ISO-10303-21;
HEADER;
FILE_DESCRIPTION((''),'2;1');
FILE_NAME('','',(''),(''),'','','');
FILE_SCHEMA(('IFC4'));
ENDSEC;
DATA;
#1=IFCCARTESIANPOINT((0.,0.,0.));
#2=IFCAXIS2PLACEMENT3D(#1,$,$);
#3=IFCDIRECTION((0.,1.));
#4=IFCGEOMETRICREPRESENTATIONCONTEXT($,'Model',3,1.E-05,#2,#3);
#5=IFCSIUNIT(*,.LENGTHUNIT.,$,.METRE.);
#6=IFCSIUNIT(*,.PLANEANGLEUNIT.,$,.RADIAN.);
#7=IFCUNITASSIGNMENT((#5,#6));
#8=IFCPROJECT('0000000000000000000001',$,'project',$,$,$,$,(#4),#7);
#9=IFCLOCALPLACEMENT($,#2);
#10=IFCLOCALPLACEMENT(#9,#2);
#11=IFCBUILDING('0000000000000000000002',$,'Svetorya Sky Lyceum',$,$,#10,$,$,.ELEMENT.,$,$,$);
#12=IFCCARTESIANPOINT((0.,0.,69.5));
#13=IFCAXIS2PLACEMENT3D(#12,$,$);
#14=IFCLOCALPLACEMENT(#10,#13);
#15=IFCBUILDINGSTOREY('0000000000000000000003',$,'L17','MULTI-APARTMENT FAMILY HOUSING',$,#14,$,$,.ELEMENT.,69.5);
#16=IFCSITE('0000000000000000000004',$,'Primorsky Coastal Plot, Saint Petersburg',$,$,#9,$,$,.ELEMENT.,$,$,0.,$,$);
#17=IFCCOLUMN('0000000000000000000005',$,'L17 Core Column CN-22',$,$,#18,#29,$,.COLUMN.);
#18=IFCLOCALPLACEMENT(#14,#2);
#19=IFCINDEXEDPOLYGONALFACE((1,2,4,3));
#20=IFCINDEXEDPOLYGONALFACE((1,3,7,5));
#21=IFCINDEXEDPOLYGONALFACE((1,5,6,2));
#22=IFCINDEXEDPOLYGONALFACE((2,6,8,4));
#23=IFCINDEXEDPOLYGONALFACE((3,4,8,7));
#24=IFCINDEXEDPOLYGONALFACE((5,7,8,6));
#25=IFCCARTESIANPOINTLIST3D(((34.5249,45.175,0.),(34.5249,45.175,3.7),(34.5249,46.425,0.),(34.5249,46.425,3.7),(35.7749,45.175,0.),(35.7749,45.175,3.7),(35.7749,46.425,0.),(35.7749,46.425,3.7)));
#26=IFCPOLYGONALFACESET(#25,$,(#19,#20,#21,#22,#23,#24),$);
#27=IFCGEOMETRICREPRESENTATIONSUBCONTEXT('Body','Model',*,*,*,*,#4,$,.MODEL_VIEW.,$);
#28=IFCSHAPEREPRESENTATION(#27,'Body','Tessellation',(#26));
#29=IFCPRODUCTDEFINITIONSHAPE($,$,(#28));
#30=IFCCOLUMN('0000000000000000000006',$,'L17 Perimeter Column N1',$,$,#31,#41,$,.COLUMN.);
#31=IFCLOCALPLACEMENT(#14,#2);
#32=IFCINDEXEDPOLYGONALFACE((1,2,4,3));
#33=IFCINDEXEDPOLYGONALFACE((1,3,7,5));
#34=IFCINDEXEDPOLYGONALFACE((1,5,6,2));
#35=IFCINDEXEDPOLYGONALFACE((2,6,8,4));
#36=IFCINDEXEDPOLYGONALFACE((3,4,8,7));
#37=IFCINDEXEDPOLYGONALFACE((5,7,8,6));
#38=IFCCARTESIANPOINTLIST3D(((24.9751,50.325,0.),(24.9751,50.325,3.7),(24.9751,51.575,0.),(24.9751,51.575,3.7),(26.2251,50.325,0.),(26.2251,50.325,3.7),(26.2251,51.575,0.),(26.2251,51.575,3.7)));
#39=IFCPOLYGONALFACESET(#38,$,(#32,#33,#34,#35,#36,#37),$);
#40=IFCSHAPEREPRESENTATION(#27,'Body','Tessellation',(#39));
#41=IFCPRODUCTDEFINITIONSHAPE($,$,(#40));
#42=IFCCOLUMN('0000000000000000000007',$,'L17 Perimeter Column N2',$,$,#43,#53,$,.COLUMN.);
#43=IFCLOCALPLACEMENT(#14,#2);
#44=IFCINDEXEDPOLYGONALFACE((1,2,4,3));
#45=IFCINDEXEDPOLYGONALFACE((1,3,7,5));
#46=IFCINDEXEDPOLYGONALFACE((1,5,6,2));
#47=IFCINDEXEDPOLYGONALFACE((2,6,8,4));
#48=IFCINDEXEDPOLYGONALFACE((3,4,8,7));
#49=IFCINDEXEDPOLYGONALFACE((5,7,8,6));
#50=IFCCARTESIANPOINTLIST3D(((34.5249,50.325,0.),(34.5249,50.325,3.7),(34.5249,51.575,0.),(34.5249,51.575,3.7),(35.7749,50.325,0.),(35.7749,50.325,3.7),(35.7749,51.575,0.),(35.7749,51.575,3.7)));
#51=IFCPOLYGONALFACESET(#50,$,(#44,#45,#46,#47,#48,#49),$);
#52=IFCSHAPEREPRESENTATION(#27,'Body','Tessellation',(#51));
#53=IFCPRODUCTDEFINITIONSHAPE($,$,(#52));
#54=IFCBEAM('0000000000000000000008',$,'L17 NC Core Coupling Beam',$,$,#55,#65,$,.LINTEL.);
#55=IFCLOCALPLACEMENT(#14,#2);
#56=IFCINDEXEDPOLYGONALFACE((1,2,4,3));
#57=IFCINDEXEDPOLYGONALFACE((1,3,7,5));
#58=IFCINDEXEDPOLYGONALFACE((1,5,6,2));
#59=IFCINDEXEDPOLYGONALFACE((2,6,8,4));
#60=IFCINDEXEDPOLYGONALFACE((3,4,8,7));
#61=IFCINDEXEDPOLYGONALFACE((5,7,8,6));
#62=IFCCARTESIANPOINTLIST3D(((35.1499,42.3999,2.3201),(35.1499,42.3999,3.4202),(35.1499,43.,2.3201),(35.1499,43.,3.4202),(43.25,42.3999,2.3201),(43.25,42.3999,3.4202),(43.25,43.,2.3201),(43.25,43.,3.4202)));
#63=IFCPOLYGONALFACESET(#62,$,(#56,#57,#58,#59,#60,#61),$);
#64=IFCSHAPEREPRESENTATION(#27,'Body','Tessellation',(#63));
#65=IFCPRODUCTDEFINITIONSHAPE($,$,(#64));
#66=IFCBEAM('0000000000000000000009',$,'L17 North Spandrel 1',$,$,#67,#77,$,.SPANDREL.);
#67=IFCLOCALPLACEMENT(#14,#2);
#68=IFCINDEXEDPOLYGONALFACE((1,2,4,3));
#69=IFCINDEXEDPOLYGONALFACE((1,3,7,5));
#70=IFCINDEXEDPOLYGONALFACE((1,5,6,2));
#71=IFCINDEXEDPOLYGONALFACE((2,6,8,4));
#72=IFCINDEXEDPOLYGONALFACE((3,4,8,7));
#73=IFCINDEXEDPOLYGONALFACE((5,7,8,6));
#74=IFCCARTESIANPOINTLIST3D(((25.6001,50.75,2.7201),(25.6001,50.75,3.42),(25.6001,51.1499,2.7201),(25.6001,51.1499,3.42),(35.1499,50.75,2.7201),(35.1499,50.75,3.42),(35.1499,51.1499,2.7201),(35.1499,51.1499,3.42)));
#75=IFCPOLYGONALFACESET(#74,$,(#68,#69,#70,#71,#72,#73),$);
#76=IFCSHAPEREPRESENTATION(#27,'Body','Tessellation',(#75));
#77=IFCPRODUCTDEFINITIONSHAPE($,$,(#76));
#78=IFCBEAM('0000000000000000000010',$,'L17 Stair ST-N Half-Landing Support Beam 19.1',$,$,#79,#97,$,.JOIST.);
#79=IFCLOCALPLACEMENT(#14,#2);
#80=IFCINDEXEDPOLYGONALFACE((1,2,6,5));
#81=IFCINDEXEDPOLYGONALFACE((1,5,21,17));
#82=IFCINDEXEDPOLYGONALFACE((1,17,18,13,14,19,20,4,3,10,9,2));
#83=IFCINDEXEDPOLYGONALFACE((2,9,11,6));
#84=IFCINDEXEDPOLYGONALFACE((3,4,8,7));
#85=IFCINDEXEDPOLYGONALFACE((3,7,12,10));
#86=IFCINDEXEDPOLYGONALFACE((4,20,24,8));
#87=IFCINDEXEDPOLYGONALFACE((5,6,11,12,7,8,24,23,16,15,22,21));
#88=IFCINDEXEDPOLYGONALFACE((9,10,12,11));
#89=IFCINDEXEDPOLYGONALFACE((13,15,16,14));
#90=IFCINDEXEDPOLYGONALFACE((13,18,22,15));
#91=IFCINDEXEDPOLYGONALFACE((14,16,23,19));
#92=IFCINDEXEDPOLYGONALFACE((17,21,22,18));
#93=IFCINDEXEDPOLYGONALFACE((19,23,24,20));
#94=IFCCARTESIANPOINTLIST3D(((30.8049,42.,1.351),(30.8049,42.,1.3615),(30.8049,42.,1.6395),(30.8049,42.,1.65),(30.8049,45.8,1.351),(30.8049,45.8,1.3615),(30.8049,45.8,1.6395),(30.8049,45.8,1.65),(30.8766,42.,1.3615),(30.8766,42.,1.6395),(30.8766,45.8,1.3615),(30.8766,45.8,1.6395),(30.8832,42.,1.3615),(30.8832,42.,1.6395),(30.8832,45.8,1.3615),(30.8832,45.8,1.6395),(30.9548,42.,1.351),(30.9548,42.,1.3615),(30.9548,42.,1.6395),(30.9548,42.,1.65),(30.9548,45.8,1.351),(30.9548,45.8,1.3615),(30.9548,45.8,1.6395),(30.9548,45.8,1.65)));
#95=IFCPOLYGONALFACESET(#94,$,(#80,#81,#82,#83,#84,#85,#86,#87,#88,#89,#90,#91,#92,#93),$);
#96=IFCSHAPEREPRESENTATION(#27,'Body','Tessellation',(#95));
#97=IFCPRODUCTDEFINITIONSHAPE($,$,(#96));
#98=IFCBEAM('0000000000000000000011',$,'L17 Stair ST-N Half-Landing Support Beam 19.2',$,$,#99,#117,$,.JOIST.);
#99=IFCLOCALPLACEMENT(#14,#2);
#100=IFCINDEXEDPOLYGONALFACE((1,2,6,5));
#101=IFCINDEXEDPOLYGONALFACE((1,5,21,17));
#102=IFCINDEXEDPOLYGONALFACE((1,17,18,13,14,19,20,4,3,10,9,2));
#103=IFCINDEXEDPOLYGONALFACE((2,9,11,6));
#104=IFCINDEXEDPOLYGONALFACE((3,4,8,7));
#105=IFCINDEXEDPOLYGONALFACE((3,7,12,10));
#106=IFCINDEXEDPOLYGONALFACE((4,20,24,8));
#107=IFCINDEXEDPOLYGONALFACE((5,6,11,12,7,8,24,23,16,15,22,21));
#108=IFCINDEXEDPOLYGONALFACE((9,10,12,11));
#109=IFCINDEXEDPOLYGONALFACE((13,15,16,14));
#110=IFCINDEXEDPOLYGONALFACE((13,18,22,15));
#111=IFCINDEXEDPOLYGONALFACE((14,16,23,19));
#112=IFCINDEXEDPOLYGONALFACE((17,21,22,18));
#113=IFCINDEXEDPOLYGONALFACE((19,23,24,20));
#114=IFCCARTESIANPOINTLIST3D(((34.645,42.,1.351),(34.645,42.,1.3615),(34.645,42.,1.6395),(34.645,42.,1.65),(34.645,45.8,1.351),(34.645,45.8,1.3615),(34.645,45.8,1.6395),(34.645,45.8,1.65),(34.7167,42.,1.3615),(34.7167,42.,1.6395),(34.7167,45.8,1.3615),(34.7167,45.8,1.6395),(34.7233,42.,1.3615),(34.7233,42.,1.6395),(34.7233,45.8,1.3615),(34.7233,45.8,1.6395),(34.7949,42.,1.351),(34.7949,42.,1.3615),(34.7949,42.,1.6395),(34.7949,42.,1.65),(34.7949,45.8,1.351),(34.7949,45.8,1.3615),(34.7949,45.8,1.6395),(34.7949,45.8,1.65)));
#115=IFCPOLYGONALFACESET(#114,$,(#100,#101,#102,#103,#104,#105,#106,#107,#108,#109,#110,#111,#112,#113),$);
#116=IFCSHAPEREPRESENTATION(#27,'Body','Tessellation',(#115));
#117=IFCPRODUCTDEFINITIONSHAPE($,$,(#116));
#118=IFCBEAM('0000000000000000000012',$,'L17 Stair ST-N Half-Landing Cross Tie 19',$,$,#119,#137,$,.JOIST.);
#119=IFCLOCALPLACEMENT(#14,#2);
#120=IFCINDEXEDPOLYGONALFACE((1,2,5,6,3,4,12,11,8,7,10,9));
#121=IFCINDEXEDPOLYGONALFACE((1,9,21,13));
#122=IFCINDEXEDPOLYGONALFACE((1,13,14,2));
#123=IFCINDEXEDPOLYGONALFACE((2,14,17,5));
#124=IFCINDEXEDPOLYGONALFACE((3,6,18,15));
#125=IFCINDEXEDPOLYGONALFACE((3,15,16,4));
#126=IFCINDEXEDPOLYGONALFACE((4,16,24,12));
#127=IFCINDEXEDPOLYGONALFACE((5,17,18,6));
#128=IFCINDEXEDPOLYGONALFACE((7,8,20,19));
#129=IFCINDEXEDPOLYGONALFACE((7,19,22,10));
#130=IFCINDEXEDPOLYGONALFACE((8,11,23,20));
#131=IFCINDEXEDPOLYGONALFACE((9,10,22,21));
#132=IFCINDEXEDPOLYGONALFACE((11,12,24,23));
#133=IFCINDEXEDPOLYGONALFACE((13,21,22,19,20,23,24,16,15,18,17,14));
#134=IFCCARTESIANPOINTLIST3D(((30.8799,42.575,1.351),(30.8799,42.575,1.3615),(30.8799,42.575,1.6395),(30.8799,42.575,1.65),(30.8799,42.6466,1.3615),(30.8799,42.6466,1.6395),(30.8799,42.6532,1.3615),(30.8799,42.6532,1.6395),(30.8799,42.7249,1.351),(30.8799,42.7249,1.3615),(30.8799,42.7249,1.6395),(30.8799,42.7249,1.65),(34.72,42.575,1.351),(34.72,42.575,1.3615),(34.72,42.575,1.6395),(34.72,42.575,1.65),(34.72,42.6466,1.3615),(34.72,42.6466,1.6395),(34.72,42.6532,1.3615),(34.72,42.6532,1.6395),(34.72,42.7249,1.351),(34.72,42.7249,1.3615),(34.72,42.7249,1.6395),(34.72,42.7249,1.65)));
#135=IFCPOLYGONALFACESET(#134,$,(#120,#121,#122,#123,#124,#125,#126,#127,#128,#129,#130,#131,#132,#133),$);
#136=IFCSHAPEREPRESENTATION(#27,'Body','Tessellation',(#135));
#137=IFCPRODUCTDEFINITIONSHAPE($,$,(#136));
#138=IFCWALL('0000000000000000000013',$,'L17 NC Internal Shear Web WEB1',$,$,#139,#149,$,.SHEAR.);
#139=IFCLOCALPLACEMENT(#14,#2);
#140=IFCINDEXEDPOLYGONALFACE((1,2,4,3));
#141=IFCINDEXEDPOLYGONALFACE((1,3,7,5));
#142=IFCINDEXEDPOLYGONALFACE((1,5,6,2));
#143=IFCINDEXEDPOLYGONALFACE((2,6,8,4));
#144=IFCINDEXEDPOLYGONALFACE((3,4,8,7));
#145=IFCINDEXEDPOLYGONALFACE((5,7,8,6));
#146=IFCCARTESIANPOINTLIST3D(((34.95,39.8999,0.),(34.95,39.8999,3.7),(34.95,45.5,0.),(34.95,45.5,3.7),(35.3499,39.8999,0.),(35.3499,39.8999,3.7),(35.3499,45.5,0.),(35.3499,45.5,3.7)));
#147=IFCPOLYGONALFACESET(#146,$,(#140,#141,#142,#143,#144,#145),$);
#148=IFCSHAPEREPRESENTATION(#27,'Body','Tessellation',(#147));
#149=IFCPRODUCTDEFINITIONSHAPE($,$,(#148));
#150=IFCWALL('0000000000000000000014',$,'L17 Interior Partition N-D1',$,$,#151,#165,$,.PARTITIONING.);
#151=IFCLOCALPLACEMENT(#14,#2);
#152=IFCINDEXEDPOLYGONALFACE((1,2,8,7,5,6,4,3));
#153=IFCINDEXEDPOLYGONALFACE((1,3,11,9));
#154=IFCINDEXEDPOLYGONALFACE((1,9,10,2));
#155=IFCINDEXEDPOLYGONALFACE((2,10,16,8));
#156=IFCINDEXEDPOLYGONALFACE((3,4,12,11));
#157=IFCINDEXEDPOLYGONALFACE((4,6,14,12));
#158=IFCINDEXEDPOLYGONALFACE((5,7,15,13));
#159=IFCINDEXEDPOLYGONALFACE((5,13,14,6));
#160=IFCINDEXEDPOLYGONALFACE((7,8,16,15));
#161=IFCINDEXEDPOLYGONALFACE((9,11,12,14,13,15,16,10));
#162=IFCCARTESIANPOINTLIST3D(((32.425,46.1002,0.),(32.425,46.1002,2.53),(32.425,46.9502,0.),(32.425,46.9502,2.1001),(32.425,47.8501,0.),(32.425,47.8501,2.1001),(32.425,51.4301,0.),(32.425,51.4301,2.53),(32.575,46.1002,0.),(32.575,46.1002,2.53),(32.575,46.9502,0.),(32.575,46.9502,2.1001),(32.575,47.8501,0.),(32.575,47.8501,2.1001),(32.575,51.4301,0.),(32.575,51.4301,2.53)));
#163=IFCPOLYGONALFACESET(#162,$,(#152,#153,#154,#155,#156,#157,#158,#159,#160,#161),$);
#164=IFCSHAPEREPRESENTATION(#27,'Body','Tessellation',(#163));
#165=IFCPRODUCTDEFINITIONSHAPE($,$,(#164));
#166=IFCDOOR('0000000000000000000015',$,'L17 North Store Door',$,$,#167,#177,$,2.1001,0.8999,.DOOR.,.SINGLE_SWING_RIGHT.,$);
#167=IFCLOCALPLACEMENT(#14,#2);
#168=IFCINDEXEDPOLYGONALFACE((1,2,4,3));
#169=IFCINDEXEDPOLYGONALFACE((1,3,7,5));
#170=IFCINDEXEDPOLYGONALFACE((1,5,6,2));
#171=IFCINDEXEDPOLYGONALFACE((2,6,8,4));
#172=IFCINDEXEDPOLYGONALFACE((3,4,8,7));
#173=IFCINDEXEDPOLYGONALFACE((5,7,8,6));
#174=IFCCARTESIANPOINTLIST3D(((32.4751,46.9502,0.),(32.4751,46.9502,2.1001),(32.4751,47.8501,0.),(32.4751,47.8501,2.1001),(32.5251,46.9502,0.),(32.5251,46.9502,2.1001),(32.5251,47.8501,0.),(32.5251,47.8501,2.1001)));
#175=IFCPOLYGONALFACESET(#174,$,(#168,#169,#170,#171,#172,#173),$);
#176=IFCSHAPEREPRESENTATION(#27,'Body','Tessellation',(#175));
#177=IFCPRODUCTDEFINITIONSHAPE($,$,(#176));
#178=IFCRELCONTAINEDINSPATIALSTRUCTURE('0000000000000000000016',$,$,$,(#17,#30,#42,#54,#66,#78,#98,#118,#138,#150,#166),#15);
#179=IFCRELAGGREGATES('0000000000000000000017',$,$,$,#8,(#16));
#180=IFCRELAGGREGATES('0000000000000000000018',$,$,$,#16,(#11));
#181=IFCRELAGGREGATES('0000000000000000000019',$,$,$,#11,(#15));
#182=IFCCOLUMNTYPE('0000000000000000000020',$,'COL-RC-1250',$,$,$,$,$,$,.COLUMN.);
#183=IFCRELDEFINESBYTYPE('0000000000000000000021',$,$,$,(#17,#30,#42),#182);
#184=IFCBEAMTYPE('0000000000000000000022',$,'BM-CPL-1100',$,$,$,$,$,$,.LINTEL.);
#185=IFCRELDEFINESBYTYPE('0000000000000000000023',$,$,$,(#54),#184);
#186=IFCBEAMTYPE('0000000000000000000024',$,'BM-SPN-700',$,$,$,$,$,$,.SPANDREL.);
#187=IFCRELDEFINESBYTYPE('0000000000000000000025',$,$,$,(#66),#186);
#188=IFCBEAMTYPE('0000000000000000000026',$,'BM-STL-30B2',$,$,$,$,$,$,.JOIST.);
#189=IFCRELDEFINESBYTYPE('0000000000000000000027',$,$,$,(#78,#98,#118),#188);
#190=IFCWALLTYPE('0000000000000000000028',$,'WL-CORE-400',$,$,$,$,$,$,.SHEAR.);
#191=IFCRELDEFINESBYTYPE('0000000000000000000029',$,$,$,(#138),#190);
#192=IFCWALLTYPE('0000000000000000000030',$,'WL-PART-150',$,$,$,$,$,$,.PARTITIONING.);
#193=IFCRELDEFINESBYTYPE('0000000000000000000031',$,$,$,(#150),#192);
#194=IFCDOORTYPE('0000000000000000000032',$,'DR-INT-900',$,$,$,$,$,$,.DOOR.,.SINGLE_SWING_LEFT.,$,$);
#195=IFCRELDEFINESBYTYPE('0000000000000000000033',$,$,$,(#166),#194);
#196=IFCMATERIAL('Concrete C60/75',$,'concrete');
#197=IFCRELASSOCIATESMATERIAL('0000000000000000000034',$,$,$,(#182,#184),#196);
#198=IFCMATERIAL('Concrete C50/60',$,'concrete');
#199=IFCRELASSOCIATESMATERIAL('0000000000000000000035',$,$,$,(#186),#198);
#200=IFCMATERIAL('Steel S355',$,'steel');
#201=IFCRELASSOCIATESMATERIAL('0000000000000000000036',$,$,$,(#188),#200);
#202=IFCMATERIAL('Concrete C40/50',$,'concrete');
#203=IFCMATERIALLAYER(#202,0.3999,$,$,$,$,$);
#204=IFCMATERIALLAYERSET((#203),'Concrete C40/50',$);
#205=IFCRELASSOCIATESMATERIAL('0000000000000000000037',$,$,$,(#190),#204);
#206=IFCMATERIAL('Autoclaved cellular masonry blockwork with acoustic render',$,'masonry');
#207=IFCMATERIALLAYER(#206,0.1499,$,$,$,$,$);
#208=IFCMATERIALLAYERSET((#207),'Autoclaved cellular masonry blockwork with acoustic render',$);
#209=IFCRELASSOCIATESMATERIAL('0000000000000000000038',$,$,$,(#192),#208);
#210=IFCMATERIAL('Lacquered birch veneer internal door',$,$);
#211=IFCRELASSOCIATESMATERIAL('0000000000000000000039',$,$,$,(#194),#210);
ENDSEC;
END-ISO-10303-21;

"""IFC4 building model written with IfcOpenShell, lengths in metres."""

from ifc_helpers import new_model, si_unit, direction, frame, frame_2d, origin, origin_2d, place, context, subcontext, project, spatial, rectangle, i_section, extrude, material, layer, layer_set, material_profile, profile_set, type_object, element, fill, save


model = new_model("IFC4")

# Units and contexts
model_context = context("Model", 3, precision=1e-05, world=origin(), true_north=direction((0.0, 1.0)))
body_context = subcontext(model_context, "Body", "Model", "MODEL_VIEW")
ifc_project = project(units=[si_unit("LENGTHUNIT", "METRE"), si_unit("PLANEANGLEUNIT", "RADIAN")], contexts=[model_context])

# Site, building, storey
site_placement = place(None, origin())
site = spatial("IfcSite", under=ifc_project, at=site_placement, Name="Primorsky Coastal Plot, Saint Petersburg", CompositionType="ELEMENT", RefElevation=0.0)
building_placement = place(site_placement, origin())
building = spatial("IfcBuilding", under=site, at=building_placement, Name="Svetorya Sky Lyceum", CompositionType="ELEMENT")
storey_placement = place(building_placement, frame((0.0, 0.0, 69.5)))
storey = spatial("IfcBuildingStorey", under=building, at=storey_placement, Name="L17", Description="MULTI-APARTMENT FAMILY HOUSING", CompositionType="ELEMENT", Elevation=69.5)

# Columns
ifc_material_1 = material(Name="Concrete C60/75", Category="concrete")
ifc_material_profile_1 = material_profile(ifc_material_1, rectangle(XDim=1.25, YDim=1.25, at=origin_2d()), Name="RC COL 1250x1250")
ifc_profile_set_1 = profile_set([ifc_material_profile_1], Name="Concrete C60/75")
column_type = type_object("IfcColumnType", Name="COL-RC-1250", PredefinedType="COLUMN", material=ifc_profile_set_1)
for number, where, z_axis, x_axis, name in (
    (1, (35.1499, 45.8, 0.0), (0.0, 0.0, 1.0), (1.0, 0.0, 0.0), "L17 Core Column CN-22"),
    (2, (25.6001, 50.95, 0.0), (0.0, 0.0, 1.0), (1.0, 0.0, 0.0), "L17 Perimeter Column N1"),
    (3, (35.1499, 50.95, 0.0), (0.0, 0.0, 1.0), (1.0, 0.0, 0.0), "L17 Perimeter Column N2"),
):
    element("IfcColumn", number, at=place(storey_placement, frame(where, z_axis=z_axis, x_axis=x_axis)), inside=storey, type_object=column_type, Name=name, PredefinedType="COLUMN", context=body_context, shape_type="SweptSolid", body=[
        extrude(rectangle(XDim=1.25, YDim=1.25, at=origin_2d()), origin(), (0.0, 0.0, 1.0), 3.7),
    ])

# Beams
ifc_material_profile_2 = material_profile(ifc_material_1, rectangle(XDim=0.6001, YDim=1.1001, at=origin_2d()), Name="RC COUPLING 600x1100")
ifc_profile_set_2 = profile_set([ifc_material_profile_2], Name="Concrete C60/75")
beam_type_1 = type_object("IfcBeamType", Name="BM-CPL-1100", PredefinedType="LINTEL", material=ifc_profile_set_2)
beam_1_placement = place(storey_placement, frame((35.1499, 42.7, 2.8701), z_axis=(1.0, 0.0, 0.0), x_axis=(0.0, 1.0, 0.0)))
element("IfcBeam", 4, at=beam_1_placement, inside=storey, type_object=beam_type_1, Name="L17 NC Core Coupling Beam", PredefinedType="LINTEL", context=body_context, shape_type="SweptSolid", body=[
    extrude(rectangle(XDim=0.6001, YDim=1.1001, at=origin_2d()), origin(), (0.0, 0.0, 1.0), 8.1001),
])
ifc_material_2 = material(Name="Concrete C50/60", Category="concrete")
ifc_material_profile_3 = material_profile(ifc_material_2, rectangle(XDim=0.3999, YDim=0.7, at=origin_2d()), Name="RC SPANDREL 400x700")
ifc_profile_set_3 = profile_set([ifc_material_profile_3], Name="Concrete C50/60")
beam_type_2 = type_object("IfcBeamType", Name="BM-SPN-700", PredefinedType="SPANDREL", material=ifc_profile_set_3)
beam_2_placement = place(storey_placement, frame((25.6001, 50.95, 3.0701), z_axis=(1.0, 0.0, 0.0), x_axis=(0.0, 1.0, 0.0)))
element("IfcBeam", 5, at=beam_2_placement, inside=storey, type_object=beam_type_2, Name="L17 North Spandrel 1", PredefinedType="SPANDREL", context=body_context, shape_type="SweptSolid", body=[
    extrude(rectangle(XDim=0.3999, YDim=0.7, at=origin_2d()), origin(), (0.0, 0.0, 1.0), 9.5498),
])
ifc_material_3 = material(Name="Steel S355", Category="steel")
ifc_material_profile_4 = material_profile(ifc_material_3, i_section(OverallWidth=0.1499, OverallDepth=0.2991, WebThickness=0.0066, FlangeThickness=0.0105, at=origin_2d()), Name="GOST 30B2")
ifc_profile_set_4 = profile_set([ifc_material_profile_4], Name="Steel S355")
beam_type_3 = type_object("IfcBeamType", Name="BM-STL-30B2", PredefinedType="JOIST", material=ifc_profile_set_4)
for number, where, z_axis, x_axis, name in (
    (6, (30.8799, 42.0, 1.5005), (0.0, 1.0, 0.0), (-1.0, 0.0, 0.0), "L17 Stair ST-N Half-Landing Support Beam 19.1"),
    (7, (34.72, 42.0, 1.5005), (0.0, 1.0, 0.0), (-1.0, 0.0, 0.0), "L17 Stair ST-N Half-Landing Support Beam 19.2"),
):
    element("IfcBeam", number, at=place(storey_placement, frame(where, z_axis=z_axis, x_axis=x_axis)), inside=storey, type_object=beam_type_3, Name=name, PredefinedType="JOIST", context=body_context, shape_type="SweptSolid", body=[
        extrude(i_section(OverallWidth=0.1499, OverallDepth=0.2991, WebThickness=0.0066, FlangeThickness=0.0105, at=origin_2d()), origin(), (0.0, 0.0, 1.0), 3.8),
    ])
beam_3_placement = place(storey_placement, frame((30.8799, 42.6499, 1.5005), z_axis=(1.0, 0.0, 0.0), x_axis=(0.0, 1.0, 0.0)))
element("IfcBeam", 8, at=beam_3_placement, inside=storey, type_object=beam_type_3, Name="L17 Stair ST-N Half-Landing Cross Tie 19", PredefinedType="JOIST", context=body_context, shape_type="SweptSolid", body=[
    extrude(i_section(OverallWidth=0.1499, OverallDepth=0.2991, WebThickness=0.0066, FlangeThickness=0.0105, at=origin_2d()), origin(), (0.0, 0.0, 1.0), 3.8401),
])

# Wall
ifc_material_4 = material(Name="Concrete C40/50", Category="concrete")
ifc_layer_1 = layer(ifc_material_4, 0.3999)
ifc_layer_set_1 = layer_set([ifc_layer_1], Name="Concrete C40/50")
wall_type_1 = type_object("IfcWallType", Name="WL-CORE-400", PredefinedType="SHEAR", material=ifc_layer_set_1)
wall_1_placement = place(storey_placement, frame((35.1499, 39.8999, 0.0), z_axis=(0.0, 0.0, 1.0), x_axis=(0.0, 1.0, 0.0)))
element("IfcWall", 9, at=wall_1_placement, inside=storey, type_object=wall_type_1, Name="L17 NC Internal Shear Web WEB1", PredefinedType="SHEAR", context=body_context, shape_type="SweptSolid", body=[
    extrude(rectangle(XDim=5.6001, YDim=0.3999, at=frame_2d((2.8, 0.0))), origin(), (0.0, 0.0, 1.0), 3.7),
])

# Wall, opening, door
ifc_material_5 = material(Name="Autoclaved cellular masonry blockwork with acoustic render", Category="masonry")
ifc_layer_2 = layer(ifc_material_5, 0.1499)
ifc_layer_set_2 = layer_set([ifc_layer_2], Name="Autoclaved cellular masonry blockwork with acoustic render")
wall_type_2 = type_object("IfcWallType", Name="WL-PART-150", PredefinedType="PARTITIONING", material=ifc_layer_set_2)
wall_2_placement = place(storey_placement, frame((32.5, 46.1001, 0.0), z_axis=(0.0, 0.0, 1.0), x_axis=(0.0, 1.0, 0.0)))
wall_2 = element("IfcWall", 10, at=wall_2_placement, inside=storey, type_object=wall_type_2, Name="L17 Interior Partition N-D1", PredefinedType="PARTITIONING", context=body_context, shape_type="SweptSolid", body=[
    extrude(rectangle(XDim=5.3298, YDim=0.1499, at=frame_2d((2.665, 0.0))), origin(), (0.0, 0.0, 1.0), 2.53),
])
opening_placement = place(wall_2_placement, frame((0.8501, 0.0, 0.0)))
opening = element("IfcOpeningElement", 11, at=opening_placement, cuts=wall_2, PredefinedType="OPENING", context=body_context, shape_type="SweptSolid", body=[
    extrude(rectangle(XDim=0.8999, YDim=2.1001, at=frame_2d((0.45, 1.05))), frame((0.0, 0.085, 0.0), z_axis=(0.0, -1.0, 0.0), x_axis=(1.0, 0.0, 0.0)), (0.0, 0.0, 1.0), 0.1699),
])
ifc_material_6 = material(Name="Lacquered birch veneer internal door")
door_type = type_object("IfcDoorType", Name="DR-INT-900", OperationType="SINGLE_SWING_LEFT", PredefinedType="DOOR", material=ifc_material_6)
door_placement = place(opening_placement, origin())
door = element("IfcDoor", 12, at=door_placement, inside=storey, type_object=door_type, Name="L17 North Store Door", OperationType="SINGLE_SWING_RIGHT", OverallHeight=2.1001, OverallWidth=0.8999, PredefinedType="DOOR", context=body_context, shape_type="SweptSolid", body=[
    extrude(rectangle(XDim=0.8999, YDim=2.1001, at=frame_2d((0.45, 1.05))), frame((0.0, 0.0249, 0.0), z_axis=(0.0, -1.0, 0.0), x_axis=(1.0, 0.0, 0.0)), (0.0, 0.0, 1.0), 0.05),
])
fill(opening, door)

save(model, "model.ifc")
